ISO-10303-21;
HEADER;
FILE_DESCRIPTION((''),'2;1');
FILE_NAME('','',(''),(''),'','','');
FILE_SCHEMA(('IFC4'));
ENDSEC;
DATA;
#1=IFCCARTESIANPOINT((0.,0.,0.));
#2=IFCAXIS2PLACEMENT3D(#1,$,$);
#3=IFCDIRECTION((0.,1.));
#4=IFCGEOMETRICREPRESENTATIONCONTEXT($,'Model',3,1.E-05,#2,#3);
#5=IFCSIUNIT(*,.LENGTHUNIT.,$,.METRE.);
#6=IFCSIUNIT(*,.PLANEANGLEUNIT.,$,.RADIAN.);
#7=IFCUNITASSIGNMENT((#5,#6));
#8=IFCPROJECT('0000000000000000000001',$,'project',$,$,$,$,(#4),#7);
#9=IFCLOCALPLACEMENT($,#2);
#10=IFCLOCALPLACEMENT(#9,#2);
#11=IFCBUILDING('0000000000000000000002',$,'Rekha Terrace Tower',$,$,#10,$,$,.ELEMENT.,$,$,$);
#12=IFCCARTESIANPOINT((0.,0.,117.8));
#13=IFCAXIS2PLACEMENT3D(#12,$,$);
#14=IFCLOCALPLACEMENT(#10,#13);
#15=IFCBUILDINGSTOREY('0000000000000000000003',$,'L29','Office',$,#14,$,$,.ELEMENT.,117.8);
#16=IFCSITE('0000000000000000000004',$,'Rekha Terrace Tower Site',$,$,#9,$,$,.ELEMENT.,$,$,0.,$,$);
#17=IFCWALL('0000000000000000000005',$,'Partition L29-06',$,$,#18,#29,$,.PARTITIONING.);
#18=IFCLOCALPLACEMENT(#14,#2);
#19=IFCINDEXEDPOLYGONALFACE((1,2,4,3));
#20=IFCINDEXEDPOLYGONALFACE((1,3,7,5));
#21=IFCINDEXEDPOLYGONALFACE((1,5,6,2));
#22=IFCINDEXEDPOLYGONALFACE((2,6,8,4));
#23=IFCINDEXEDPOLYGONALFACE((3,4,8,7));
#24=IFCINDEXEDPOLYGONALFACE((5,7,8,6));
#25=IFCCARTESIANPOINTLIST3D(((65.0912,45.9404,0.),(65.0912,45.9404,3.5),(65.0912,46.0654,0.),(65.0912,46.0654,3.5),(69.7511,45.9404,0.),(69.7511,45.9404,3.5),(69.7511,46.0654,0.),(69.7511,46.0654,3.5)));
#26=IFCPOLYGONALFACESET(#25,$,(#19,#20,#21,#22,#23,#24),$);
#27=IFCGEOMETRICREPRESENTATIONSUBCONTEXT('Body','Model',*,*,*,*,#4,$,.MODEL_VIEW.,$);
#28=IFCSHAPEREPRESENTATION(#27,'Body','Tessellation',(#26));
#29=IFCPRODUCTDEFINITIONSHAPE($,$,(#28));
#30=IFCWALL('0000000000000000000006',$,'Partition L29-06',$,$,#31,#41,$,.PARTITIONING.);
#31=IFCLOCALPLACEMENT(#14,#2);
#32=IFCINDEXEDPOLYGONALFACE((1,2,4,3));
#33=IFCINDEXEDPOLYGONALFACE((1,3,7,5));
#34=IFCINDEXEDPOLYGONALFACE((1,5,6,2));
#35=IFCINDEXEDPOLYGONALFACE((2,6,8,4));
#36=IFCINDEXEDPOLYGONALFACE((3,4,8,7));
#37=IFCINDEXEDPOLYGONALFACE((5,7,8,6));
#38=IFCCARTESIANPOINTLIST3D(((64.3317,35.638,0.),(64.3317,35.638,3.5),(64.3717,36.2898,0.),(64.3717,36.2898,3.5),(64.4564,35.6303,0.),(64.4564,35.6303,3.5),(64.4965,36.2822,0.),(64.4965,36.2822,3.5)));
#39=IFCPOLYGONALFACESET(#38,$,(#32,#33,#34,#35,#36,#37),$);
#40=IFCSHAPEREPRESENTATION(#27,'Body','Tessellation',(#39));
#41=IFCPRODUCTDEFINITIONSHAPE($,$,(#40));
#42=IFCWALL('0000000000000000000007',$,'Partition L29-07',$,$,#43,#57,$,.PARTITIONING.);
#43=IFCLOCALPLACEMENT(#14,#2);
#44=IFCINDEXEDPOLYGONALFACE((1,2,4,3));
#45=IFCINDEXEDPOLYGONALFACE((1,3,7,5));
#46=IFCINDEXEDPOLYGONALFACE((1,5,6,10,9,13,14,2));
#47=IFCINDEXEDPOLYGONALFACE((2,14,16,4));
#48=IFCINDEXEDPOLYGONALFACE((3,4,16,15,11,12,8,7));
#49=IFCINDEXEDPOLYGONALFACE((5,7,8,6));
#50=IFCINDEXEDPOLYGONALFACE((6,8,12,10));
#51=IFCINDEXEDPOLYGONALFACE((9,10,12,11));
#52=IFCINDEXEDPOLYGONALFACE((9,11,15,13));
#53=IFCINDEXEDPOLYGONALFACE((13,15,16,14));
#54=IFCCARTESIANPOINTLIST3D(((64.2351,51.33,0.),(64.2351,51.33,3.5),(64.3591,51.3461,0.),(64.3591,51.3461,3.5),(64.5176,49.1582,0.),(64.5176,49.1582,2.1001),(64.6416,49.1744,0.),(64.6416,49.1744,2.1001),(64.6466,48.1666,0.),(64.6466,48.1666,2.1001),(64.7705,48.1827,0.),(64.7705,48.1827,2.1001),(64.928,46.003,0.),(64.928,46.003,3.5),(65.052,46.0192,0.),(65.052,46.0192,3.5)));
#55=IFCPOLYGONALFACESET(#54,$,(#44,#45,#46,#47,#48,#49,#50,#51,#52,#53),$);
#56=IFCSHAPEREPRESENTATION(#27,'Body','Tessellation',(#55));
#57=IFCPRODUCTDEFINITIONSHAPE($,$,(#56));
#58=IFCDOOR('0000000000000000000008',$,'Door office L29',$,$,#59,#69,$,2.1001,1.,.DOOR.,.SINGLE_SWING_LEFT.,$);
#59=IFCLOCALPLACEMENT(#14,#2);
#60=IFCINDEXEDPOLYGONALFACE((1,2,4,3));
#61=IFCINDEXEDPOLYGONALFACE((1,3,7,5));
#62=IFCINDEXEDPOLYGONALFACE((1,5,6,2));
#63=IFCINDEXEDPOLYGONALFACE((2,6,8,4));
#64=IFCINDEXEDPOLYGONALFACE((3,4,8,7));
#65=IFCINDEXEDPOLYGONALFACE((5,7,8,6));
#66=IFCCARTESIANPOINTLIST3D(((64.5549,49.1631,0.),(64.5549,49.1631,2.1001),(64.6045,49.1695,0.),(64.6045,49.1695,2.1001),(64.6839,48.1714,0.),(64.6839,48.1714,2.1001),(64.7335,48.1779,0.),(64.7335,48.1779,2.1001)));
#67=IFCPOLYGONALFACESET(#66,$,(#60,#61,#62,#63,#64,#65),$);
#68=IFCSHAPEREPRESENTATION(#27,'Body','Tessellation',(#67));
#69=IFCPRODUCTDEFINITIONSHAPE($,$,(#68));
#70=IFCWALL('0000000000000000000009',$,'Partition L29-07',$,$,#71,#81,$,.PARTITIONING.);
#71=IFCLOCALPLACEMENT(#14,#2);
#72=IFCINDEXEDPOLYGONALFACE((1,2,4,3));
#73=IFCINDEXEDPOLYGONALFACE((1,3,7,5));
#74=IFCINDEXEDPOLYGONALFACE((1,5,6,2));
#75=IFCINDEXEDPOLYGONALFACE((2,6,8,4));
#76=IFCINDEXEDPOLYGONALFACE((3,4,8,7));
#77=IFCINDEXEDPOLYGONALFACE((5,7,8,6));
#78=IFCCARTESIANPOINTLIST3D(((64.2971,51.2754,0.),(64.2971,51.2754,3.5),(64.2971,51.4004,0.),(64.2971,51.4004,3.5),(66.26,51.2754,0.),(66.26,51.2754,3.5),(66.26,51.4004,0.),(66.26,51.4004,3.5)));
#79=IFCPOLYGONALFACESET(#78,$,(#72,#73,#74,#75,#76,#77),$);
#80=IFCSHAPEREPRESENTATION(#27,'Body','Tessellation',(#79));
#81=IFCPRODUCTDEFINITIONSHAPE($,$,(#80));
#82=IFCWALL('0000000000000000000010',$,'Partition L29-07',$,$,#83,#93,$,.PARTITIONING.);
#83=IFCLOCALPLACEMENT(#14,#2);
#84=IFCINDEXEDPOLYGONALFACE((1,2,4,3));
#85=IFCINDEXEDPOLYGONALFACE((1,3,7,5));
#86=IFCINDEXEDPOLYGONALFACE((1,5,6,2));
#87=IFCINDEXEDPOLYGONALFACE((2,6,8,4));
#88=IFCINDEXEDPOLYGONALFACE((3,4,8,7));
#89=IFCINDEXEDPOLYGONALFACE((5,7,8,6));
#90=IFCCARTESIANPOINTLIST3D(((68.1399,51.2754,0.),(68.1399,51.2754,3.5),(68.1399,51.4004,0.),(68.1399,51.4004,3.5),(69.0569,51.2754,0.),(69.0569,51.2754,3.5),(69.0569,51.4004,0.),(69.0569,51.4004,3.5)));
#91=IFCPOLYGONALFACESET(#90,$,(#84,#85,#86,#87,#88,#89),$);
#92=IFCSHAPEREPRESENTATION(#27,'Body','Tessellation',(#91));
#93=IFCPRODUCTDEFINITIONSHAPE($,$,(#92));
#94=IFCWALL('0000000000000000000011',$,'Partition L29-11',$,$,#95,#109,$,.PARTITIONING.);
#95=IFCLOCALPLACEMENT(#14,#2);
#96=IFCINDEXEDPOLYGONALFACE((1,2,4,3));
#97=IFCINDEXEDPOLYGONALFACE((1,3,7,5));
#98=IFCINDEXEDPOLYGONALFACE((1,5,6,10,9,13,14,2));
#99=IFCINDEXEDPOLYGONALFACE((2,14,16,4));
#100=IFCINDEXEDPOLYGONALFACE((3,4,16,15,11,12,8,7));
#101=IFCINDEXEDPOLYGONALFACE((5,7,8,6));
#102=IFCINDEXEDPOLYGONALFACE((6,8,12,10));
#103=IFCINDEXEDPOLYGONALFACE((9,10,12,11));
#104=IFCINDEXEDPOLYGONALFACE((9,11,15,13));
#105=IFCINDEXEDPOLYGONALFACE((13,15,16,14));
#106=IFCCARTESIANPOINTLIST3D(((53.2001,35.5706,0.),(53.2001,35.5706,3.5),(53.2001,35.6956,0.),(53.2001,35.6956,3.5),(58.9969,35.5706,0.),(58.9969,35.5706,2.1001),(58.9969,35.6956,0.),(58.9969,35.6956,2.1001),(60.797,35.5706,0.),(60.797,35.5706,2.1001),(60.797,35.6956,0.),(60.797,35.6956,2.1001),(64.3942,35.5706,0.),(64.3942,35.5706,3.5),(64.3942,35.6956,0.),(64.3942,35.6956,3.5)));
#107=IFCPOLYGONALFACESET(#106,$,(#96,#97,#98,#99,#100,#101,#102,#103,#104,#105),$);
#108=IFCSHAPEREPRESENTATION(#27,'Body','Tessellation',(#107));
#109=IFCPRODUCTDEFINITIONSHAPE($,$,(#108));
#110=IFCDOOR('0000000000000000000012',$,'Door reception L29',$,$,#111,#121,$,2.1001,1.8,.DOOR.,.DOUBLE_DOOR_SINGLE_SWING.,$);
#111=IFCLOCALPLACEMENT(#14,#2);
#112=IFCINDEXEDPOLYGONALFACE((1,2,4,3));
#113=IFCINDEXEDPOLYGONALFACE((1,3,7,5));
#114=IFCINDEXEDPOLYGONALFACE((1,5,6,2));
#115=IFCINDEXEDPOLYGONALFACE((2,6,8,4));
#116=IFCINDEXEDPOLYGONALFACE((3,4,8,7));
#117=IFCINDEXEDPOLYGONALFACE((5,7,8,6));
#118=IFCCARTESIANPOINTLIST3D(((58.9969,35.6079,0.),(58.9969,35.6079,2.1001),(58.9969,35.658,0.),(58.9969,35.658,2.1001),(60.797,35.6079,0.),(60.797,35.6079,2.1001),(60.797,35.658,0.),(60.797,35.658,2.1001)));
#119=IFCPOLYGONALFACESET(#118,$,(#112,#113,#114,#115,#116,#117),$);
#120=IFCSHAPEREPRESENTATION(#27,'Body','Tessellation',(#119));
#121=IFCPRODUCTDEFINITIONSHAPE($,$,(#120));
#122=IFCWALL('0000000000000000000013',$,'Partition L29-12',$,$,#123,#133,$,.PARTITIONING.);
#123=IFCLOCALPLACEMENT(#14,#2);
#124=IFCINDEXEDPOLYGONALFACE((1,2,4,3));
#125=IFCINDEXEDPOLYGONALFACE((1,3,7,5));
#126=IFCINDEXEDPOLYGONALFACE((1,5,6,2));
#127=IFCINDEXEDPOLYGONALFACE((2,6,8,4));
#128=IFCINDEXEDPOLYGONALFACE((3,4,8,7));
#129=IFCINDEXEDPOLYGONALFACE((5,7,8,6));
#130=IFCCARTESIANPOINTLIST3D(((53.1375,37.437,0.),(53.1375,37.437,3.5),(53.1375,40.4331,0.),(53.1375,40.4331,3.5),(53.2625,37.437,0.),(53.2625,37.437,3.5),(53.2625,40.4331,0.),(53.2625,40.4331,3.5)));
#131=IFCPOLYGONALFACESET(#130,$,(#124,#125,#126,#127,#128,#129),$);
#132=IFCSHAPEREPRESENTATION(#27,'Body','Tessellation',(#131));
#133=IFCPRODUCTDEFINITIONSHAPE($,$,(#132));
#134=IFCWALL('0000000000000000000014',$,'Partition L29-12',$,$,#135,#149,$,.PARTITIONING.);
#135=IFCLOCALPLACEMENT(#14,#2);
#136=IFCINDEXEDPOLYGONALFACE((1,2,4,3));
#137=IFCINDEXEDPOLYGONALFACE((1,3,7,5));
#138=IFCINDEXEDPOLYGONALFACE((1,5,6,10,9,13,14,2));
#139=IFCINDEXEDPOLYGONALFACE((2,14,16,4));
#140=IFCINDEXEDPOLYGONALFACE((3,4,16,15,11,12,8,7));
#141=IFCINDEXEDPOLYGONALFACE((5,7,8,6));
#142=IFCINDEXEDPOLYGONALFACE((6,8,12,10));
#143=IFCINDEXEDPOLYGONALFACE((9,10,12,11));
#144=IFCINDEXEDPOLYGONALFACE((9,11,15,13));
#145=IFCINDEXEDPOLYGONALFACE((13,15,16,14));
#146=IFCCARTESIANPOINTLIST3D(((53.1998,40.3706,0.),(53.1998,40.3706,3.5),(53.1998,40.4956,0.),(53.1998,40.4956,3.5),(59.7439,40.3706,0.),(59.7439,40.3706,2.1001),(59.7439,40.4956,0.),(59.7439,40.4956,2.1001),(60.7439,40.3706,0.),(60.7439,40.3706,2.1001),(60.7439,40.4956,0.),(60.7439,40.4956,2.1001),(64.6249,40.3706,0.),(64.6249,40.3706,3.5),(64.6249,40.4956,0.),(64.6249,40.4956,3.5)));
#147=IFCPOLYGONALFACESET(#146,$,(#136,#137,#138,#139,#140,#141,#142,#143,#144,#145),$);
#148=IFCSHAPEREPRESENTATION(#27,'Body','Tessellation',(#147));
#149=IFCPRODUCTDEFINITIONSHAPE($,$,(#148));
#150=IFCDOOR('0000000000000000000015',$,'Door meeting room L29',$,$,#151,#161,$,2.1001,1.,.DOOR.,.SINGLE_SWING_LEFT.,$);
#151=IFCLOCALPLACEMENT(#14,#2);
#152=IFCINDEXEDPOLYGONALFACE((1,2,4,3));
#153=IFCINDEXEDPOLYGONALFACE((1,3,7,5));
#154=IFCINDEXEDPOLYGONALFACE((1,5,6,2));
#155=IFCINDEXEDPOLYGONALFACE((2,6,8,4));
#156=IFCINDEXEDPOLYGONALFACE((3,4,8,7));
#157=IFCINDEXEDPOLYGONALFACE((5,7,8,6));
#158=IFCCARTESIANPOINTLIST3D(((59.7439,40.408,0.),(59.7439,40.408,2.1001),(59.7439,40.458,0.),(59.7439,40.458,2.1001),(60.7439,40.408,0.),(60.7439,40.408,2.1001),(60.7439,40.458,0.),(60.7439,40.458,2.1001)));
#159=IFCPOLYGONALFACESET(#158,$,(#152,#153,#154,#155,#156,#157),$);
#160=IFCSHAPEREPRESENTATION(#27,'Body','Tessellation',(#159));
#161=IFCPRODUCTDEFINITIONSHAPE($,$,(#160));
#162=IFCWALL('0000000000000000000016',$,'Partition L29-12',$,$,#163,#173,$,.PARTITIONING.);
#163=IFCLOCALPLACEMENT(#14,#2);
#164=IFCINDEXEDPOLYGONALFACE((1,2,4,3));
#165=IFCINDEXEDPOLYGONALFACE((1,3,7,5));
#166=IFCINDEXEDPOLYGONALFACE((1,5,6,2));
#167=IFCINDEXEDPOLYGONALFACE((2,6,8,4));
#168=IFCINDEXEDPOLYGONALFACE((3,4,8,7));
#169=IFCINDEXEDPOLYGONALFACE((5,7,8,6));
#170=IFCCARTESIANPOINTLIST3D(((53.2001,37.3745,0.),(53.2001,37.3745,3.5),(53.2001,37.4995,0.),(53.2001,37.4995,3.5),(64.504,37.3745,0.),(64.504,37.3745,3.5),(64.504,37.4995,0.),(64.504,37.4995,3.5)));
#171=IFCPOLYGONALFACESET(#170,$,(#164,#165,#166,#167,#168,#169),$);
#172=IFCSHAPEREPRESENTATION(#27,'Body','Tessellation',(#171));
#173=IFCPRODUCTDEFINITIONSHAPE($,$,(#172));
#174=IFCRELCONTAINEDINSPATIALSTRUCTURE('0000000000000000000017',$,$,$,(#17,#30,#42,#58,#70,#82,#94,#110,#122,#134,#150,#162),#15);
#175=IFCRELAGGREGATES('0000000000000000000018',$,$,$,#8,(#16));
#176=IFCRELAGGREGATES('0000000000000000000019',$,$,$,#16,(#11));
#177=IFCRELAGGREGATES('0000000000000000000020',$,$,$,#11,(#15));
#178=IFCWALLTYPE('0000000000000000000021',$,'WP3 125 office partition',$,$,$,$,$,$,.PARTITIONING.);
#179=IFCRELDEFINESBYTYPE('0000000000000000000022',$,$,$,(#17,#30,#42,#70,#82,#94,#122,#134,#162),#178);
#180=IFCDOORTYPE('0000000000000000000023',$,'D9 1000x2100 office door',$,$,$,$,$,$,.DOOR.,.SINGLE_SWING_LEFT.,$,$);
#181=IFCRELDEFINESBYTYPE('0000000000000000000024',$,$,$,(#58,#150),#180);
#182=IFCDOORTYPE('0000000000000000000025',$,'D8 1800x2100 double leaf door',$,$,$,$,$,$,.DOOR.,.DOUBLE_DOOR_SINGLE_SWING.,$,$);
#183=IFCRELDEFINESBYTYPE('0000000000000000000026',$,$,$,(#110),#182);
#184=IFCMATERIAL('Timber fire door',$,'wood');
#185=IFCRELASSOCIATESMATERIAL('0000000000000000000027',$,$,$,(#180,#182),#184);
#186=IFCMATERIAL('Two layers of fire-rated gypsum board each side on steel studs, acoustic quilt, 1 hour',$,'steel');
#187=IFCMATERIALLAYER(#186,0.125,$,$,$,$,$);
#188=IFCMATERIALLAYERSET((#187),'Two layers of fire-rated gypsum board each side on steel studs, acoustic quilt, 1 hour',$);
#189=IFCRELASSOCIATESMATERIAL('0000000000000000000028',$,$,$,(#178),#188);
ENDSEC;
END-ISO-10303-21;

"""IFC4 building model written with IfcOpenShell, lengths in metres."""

from ifc_helpers import new_model, si_unit, direction, frame, frame_2d, origin, place, context, subcontext, project, spatial, rectangle, extrude, material, layer, layer_set, type_object, element, fill, save


model = new_model("IFC4")

# Units and contexts
model_context = context("Model", 3, precision=1e-05, world=origin(), true_north=direction((0.0, 1.0)))
body_context = subcontext(model_context, "Body", "Model", "MODEL_VIEW")
ifc_project = project(units=[si_unit("LENGTHUNIT", "METRE"), si_unit("PLANEANGLEUNIT", "RADIAN")], contexts=[model_context])

# Site, building, storey
site_placement = place(None, origin())
site = spatial("IfcSite", under=ifc_project, at=site_placement, Name="Rekha Terrace Tower Site", CompositionType="ELEMENT", RefElevation=0.0)
building_placement = place(site_placement, origin())
building = spatial("IfcBuilding", under=site, at=building_placement, Name="Rekha Terrace Tower", CompositionType="ELEMENT")
storey_placement = place(building_placement, frame((0.0, 0.0, 117.8)))
storey = spatial("IfcBuildingStorey", under=building, at=storey_placement, Name="L29", Description="Office", CompositionType="ELEMENT", Elevation=117.8)

# Shared definitions
ifc_material_1 = material(Name="Timber fire door", Category="wood")
door_type_1 = type_object("IfcDoorType", Name="D9 1000x2100 office door", OperationType="SINGLE_SWING_LEFT", PredefinedType="DOOR", material=ifc_material_1)

# Shared definitions
ifc_material_2 = material(Name="Two layers of fire-rated gypsum board each side on steel studs, acoustic quilt, 1 hour", Category="steel")
ifc_layer_1 = layer(ifc_material_2, 0.125)
ifc_layer_set_1 = layer_set([ifc_layer_1], Name="Two layers of fire-rated gypsum board each side on steel studs, acoustic quilt, 1 hour")
wall_type_1 = type_object("IfcWallType", Name="WP3 125 office partition", PredefinedType="PARTITIONING", material=ifc_layer_set_1)

# Walls
wall_1_placement = place(storey_placement, frame((65.0911, 46.0029, 0.0), z_axis=(0.0, 0.0, 1.0), x_axis=(1.0, 0.0, 0.0)))
element("IfcWall", 1, at=wall_1_placement, inside=storey, type_object=wall_type_1, Name="Partition L29-06", PredefinedType="PARTITIONING", context=body_context, shape_type="SweptSolid", body=[
    extrude(rectangle(XDim=4.6599, YDim=0.125, at=frame_2d((2.3301, 0.0))), origin(), (0.0, 0.0, 1.0), 3.5),
])
wall_2_placement = place(storey_placement, frame((64.394, 35.634, 0.0), z_axis=(0.0, 0.0, 1.0), x_axis=(0.061308, 0.998119, 0.0)))
element("IfcWall", 2, at=wall_2_placement, inside=storey, type_object=wall_type_1, Name="Partition L29-06", PredefinedType="PARTITIONING", context=body_context, shape_type="SweptSolid", body=[
    extrude(rectangle(XDim=0.6531, YDim=0.125, at=frame_2d((0.3267, 0.0))), origin(), (0.0, 0.0, 1.0), 3.5),
])

# Wall, opening, door
wall_3_placement = place(storey_placement, frame((64.99, 46.011, 0.0), z_axis=(0.0, 0.0, 1.0), x_axis=(-0.128984, 0.991647, 0.0)))
wall_3 = element("IfcWall", 3, at=wall_3_placement, inside=storey, type_object=wall_type_1, Name="Partition L29-07", PredefinedType="PARTITIONING", context=body_context, shape_type="SweptSolid", body=[
    extrude(rectangle(XDim=5.3718, YDim=0.125, at=frame_2d((2.686, 0.0))), origin(), (0.0, 0.0, 1.0), 3.5),
])
opening_1_placement = place(wall_3_placement, frame((2.1819, 0.0, 0.0)))
opening_1 = element("IfcOpeningElement", 4, at=opening_1_placement, cuts=wall_3, PredefinedType="OPENING", context=body_context, shape_type="SweptSolid", body=[
    extrude(rectangle(XDim=1.0, YDim=2.1001, at=frame_2d((0.5, 1.05))), frame((0.0, 0.0725, 0.0), z_axis=(0.0, -1.0, 0.0), x_axis=(1.0, 0.0, 0.0)), (0.0, 0.0, 1.0), 0.145),
])
door_1_placement = place(opening_1_placement, origin())
door_1 = element("IfcDoor", 5, at=door_1_placement, inside=storey, type_object=door_type_1, Name="Door office L29", OperationType="SINGLE_SWING_LEFT", OverallHeight=2.1001, OverallWidth=1.0, PredefinedType="DOOR", context=body_context, shape_type="SweptSolid", body=[
    extrude(rectangle(XDim=1.0, YDim=2.1001, at=frame_2d((0.5, 1.05))), frame((0.0, 0.0249, 0.0), z_axis=(0.0, -1.0, 0.0), x_axis=(1.0, 0.0, 0.0)), (0.0, 0.0, 1.0), 0.05),
])
fill(opening_1, door_1)

# Walls
wall_4_placement = place(storey_placement, frame((64.2971, 51.3379, 0.0), z_axis=(0.0, 0.0, 1.0), x_axis=(1.0, 0.0, 0.0)))
element("IfcWall", 6, at=wall_4_placement, inside=storey, type_object=wall_type_1, Name="Partition L29-07", PredefinedType="PARTITIONING", context=body_context, shape_type="SweptSolid", body=[
    extrude(rectangle(XDim=1.9629, YDim=0.125, at=frame_2d((0.9814, 0.0))), origin(), (0.0, 0.0, 1.0), 3.5),
])
wall_5_placement = place(storey_placement, frame((68.1399, 51.3379, 0.0), z_axis=(0.0, 0.0, 1.0), x_axis=(1.0, 0.0, 0.0)))
element("IfcWall", 7, at=wall_5_placement, inside=storey, type_object=wall_type_1, Name="Partition L29-07", PredefinedType="PARTITIONING", context=body_context, shape_type="SweptSolid", body=[
    extrude(rectangle(XDim=0.917, YDim=0.125, at=frame_2d((0.4585, 0.0))), origin(), (0.0, 0.0, 1.0), 3.5),
])

# Wall, opening, door
wall_6_placement = place(storey_placement, frame((53.2, 35.6331, 0.0), z_axis=(0.0, 0.0, 1.0), x_axis=(1.0, 0.0, 0.0)))
wall_6 = element("IfcWall", 8, at=wall_6_placement, inside=storey, type_object=wall_type_1, Name="Partition L29-11", PredefinedType="PARTITIONING", context=body_context, shape_type="SweptSolid", body=[
    extrude(rectangle(XDim=11.1941, YDim=0.125, at=frame_2d((5.5972, 0.0))), origin(), (0.0, 0.0, 1.0), 3.5),
])
opening_2_placement = place(wall_6_placement, frame((5.7971, 0.0, 0.0)))
opening_2 = element("IfcOpeningElement", 9, at=opening_2_placement, cuts=wall_6, PredefinedType="OPENING", context=body_context, shape_type="SweptSolid", body=[
    extrude(rectangle(XDim=1.8, YDim=2.1001, at=frame_2d((0.8999, 1.05))), frame((0.0, 0.0725, 0.0), z_axis=(0.0, -1.0, 0.0), x_axis=(1.0, 0.0, 0.0)), (0.0, 0.0, 1.0), 0.145),
])
door_type_2 = type_object("IfcDoorType", Name="D8 1800x2100 double leaf door", OperationType="DOUBLE_DOOR_SINGLE_SWING", PredefinedType="DOOR", material=ifc_material_1)
door_2_placement = place(opening_2_placement, origin())
door_2 = element("IfcDoor", 10, at=door_2_placement, inside=storey, type_object=door_type_2, Name="Door reception L29", OperationType="DOUBLE_DOOR_SINGLE_SWING", OverallHeight=2.1001, OverallWidth=1.8, PredefinedType="DOOR", context=body_context, shape_type="SweptSolid", body=[
    extrude(rectangle(XDim=1.8, YDim=2.1001, at=frame_2d((0.8999, 1.05))), frame((0.0, 0.0249, 0.0), z_axis=(0.0, -1.0, 0.0), x_axis=(1.0, 0.0, 0.0)), (0.0, 0.0, 1.0), 0.05),
])
fill(opening_2, door_2)

# Wall
wall_7_placement = place(storey_placement, frame((53.2, 37.437, 0.0), z_axis=(0.0, 0.0, 1.0), x_axis=(0.0, 1.0, 0.0)))
element("IfcWall", 11, at=wall_7_placement, inside=storey, type_object=wall_type_1, Name="Partition L29-12", PredefinedType="PARTITIONING", context=body_context, shape_type="SweptSolid", body=[
    extrude(rectangle(XDim=2.9961, YDim=0.125, at=frame_2d((1.498, 0.0))), origin(), (0.0, 0.0, 1.0), 3.5),
])

# Wall, opening, door
wall_8_placement = place(storey_placement, frame((53.2, 40.4331, 0.0), z_axis=(0.0, 0.0, 1.0), x_axis=(1.0, 0.0, 0.0)))
wall_8 = element("IfcWall", 12, at=wall_8_placement, inside=storey, type_object=wall_type_1, Name="Partition L29-12", PredefinedType="PARTITIONING", context=body_context, shape_type="SweptSolid", body=[
    extrude(rectangle(XDim=11.425, YDim=0.125, at=frame_2d((5.7124, 0.0))), origin(), (0.0, 0.0, 1.0), 3.5),
])
opening_3_placement = place(wall_8_placement, frame((6.5439, 0.0, 0.0)))
opening_3 = element("IfcOpeningElement", 13, at=opening_3_placement, cuts=wall_8, PredefinedType="OPENING", context=body_context, shape_type="SweptSolid", body=[
    extrude(rectangle(XDim=1.0, YDim=2.1001, at=frame_2d((0.5, 1.05))), frame((0.0, 0.0725, 0.0), z_axis=(0.0, -1.0, 0.0), x_axis=(1.0, 0.0, 0.0)), (0.0, 0.0, 1.0), 0.145),
])
door_3_placement = place(opening_3_placement, origin())
door_3 = element("IfcDoor", 14, at=door_3_placement, inside=storey, type_object=door_type_1, Name="Door meeting room L29", OperationType="SINGLE_SWING_LEFT", OverallHeight=2.1001, OverallWidth=1.0, PredefinedType="DOOR", context=body_context, shape_type="SweptSolid", body=[
    extrude(rectangle(XDim=1.0, YDim=2.1001, at=frame_2d((0.5, 1.05))), frame((0.0, 0.0249, 0.0), z_axis=(0.0, -1.0, 0.0), x_axis=(1.0, 0.0, 0.0)), (0.0, 0.0, 1.0), 0.05),
])
fill(opening_3, door_3)

# Wall
wall_9_placement = place(storey_placement, frame((64.5039, 37.437, 0.0), z_axis=(0.0, 0.0, 1.0), x_axis=(-1.0, 0.0, 0.0)))
element("IfcWall", 15, at=wall_9_placement, inside=storey, type_object=wall_type_1, Name="Partition L29-12", PredefinedType="PARTITIONING", context=body_context, shape_type="SweptSolid", body=[
    extrude(rectangle(XDim=11.304, YDim=0.125, at=frame_2d((5.6519, 0.0))), origin(), (0.0, 0.0, 1.0), 3.5),
])

save(model, "model.ifc")
